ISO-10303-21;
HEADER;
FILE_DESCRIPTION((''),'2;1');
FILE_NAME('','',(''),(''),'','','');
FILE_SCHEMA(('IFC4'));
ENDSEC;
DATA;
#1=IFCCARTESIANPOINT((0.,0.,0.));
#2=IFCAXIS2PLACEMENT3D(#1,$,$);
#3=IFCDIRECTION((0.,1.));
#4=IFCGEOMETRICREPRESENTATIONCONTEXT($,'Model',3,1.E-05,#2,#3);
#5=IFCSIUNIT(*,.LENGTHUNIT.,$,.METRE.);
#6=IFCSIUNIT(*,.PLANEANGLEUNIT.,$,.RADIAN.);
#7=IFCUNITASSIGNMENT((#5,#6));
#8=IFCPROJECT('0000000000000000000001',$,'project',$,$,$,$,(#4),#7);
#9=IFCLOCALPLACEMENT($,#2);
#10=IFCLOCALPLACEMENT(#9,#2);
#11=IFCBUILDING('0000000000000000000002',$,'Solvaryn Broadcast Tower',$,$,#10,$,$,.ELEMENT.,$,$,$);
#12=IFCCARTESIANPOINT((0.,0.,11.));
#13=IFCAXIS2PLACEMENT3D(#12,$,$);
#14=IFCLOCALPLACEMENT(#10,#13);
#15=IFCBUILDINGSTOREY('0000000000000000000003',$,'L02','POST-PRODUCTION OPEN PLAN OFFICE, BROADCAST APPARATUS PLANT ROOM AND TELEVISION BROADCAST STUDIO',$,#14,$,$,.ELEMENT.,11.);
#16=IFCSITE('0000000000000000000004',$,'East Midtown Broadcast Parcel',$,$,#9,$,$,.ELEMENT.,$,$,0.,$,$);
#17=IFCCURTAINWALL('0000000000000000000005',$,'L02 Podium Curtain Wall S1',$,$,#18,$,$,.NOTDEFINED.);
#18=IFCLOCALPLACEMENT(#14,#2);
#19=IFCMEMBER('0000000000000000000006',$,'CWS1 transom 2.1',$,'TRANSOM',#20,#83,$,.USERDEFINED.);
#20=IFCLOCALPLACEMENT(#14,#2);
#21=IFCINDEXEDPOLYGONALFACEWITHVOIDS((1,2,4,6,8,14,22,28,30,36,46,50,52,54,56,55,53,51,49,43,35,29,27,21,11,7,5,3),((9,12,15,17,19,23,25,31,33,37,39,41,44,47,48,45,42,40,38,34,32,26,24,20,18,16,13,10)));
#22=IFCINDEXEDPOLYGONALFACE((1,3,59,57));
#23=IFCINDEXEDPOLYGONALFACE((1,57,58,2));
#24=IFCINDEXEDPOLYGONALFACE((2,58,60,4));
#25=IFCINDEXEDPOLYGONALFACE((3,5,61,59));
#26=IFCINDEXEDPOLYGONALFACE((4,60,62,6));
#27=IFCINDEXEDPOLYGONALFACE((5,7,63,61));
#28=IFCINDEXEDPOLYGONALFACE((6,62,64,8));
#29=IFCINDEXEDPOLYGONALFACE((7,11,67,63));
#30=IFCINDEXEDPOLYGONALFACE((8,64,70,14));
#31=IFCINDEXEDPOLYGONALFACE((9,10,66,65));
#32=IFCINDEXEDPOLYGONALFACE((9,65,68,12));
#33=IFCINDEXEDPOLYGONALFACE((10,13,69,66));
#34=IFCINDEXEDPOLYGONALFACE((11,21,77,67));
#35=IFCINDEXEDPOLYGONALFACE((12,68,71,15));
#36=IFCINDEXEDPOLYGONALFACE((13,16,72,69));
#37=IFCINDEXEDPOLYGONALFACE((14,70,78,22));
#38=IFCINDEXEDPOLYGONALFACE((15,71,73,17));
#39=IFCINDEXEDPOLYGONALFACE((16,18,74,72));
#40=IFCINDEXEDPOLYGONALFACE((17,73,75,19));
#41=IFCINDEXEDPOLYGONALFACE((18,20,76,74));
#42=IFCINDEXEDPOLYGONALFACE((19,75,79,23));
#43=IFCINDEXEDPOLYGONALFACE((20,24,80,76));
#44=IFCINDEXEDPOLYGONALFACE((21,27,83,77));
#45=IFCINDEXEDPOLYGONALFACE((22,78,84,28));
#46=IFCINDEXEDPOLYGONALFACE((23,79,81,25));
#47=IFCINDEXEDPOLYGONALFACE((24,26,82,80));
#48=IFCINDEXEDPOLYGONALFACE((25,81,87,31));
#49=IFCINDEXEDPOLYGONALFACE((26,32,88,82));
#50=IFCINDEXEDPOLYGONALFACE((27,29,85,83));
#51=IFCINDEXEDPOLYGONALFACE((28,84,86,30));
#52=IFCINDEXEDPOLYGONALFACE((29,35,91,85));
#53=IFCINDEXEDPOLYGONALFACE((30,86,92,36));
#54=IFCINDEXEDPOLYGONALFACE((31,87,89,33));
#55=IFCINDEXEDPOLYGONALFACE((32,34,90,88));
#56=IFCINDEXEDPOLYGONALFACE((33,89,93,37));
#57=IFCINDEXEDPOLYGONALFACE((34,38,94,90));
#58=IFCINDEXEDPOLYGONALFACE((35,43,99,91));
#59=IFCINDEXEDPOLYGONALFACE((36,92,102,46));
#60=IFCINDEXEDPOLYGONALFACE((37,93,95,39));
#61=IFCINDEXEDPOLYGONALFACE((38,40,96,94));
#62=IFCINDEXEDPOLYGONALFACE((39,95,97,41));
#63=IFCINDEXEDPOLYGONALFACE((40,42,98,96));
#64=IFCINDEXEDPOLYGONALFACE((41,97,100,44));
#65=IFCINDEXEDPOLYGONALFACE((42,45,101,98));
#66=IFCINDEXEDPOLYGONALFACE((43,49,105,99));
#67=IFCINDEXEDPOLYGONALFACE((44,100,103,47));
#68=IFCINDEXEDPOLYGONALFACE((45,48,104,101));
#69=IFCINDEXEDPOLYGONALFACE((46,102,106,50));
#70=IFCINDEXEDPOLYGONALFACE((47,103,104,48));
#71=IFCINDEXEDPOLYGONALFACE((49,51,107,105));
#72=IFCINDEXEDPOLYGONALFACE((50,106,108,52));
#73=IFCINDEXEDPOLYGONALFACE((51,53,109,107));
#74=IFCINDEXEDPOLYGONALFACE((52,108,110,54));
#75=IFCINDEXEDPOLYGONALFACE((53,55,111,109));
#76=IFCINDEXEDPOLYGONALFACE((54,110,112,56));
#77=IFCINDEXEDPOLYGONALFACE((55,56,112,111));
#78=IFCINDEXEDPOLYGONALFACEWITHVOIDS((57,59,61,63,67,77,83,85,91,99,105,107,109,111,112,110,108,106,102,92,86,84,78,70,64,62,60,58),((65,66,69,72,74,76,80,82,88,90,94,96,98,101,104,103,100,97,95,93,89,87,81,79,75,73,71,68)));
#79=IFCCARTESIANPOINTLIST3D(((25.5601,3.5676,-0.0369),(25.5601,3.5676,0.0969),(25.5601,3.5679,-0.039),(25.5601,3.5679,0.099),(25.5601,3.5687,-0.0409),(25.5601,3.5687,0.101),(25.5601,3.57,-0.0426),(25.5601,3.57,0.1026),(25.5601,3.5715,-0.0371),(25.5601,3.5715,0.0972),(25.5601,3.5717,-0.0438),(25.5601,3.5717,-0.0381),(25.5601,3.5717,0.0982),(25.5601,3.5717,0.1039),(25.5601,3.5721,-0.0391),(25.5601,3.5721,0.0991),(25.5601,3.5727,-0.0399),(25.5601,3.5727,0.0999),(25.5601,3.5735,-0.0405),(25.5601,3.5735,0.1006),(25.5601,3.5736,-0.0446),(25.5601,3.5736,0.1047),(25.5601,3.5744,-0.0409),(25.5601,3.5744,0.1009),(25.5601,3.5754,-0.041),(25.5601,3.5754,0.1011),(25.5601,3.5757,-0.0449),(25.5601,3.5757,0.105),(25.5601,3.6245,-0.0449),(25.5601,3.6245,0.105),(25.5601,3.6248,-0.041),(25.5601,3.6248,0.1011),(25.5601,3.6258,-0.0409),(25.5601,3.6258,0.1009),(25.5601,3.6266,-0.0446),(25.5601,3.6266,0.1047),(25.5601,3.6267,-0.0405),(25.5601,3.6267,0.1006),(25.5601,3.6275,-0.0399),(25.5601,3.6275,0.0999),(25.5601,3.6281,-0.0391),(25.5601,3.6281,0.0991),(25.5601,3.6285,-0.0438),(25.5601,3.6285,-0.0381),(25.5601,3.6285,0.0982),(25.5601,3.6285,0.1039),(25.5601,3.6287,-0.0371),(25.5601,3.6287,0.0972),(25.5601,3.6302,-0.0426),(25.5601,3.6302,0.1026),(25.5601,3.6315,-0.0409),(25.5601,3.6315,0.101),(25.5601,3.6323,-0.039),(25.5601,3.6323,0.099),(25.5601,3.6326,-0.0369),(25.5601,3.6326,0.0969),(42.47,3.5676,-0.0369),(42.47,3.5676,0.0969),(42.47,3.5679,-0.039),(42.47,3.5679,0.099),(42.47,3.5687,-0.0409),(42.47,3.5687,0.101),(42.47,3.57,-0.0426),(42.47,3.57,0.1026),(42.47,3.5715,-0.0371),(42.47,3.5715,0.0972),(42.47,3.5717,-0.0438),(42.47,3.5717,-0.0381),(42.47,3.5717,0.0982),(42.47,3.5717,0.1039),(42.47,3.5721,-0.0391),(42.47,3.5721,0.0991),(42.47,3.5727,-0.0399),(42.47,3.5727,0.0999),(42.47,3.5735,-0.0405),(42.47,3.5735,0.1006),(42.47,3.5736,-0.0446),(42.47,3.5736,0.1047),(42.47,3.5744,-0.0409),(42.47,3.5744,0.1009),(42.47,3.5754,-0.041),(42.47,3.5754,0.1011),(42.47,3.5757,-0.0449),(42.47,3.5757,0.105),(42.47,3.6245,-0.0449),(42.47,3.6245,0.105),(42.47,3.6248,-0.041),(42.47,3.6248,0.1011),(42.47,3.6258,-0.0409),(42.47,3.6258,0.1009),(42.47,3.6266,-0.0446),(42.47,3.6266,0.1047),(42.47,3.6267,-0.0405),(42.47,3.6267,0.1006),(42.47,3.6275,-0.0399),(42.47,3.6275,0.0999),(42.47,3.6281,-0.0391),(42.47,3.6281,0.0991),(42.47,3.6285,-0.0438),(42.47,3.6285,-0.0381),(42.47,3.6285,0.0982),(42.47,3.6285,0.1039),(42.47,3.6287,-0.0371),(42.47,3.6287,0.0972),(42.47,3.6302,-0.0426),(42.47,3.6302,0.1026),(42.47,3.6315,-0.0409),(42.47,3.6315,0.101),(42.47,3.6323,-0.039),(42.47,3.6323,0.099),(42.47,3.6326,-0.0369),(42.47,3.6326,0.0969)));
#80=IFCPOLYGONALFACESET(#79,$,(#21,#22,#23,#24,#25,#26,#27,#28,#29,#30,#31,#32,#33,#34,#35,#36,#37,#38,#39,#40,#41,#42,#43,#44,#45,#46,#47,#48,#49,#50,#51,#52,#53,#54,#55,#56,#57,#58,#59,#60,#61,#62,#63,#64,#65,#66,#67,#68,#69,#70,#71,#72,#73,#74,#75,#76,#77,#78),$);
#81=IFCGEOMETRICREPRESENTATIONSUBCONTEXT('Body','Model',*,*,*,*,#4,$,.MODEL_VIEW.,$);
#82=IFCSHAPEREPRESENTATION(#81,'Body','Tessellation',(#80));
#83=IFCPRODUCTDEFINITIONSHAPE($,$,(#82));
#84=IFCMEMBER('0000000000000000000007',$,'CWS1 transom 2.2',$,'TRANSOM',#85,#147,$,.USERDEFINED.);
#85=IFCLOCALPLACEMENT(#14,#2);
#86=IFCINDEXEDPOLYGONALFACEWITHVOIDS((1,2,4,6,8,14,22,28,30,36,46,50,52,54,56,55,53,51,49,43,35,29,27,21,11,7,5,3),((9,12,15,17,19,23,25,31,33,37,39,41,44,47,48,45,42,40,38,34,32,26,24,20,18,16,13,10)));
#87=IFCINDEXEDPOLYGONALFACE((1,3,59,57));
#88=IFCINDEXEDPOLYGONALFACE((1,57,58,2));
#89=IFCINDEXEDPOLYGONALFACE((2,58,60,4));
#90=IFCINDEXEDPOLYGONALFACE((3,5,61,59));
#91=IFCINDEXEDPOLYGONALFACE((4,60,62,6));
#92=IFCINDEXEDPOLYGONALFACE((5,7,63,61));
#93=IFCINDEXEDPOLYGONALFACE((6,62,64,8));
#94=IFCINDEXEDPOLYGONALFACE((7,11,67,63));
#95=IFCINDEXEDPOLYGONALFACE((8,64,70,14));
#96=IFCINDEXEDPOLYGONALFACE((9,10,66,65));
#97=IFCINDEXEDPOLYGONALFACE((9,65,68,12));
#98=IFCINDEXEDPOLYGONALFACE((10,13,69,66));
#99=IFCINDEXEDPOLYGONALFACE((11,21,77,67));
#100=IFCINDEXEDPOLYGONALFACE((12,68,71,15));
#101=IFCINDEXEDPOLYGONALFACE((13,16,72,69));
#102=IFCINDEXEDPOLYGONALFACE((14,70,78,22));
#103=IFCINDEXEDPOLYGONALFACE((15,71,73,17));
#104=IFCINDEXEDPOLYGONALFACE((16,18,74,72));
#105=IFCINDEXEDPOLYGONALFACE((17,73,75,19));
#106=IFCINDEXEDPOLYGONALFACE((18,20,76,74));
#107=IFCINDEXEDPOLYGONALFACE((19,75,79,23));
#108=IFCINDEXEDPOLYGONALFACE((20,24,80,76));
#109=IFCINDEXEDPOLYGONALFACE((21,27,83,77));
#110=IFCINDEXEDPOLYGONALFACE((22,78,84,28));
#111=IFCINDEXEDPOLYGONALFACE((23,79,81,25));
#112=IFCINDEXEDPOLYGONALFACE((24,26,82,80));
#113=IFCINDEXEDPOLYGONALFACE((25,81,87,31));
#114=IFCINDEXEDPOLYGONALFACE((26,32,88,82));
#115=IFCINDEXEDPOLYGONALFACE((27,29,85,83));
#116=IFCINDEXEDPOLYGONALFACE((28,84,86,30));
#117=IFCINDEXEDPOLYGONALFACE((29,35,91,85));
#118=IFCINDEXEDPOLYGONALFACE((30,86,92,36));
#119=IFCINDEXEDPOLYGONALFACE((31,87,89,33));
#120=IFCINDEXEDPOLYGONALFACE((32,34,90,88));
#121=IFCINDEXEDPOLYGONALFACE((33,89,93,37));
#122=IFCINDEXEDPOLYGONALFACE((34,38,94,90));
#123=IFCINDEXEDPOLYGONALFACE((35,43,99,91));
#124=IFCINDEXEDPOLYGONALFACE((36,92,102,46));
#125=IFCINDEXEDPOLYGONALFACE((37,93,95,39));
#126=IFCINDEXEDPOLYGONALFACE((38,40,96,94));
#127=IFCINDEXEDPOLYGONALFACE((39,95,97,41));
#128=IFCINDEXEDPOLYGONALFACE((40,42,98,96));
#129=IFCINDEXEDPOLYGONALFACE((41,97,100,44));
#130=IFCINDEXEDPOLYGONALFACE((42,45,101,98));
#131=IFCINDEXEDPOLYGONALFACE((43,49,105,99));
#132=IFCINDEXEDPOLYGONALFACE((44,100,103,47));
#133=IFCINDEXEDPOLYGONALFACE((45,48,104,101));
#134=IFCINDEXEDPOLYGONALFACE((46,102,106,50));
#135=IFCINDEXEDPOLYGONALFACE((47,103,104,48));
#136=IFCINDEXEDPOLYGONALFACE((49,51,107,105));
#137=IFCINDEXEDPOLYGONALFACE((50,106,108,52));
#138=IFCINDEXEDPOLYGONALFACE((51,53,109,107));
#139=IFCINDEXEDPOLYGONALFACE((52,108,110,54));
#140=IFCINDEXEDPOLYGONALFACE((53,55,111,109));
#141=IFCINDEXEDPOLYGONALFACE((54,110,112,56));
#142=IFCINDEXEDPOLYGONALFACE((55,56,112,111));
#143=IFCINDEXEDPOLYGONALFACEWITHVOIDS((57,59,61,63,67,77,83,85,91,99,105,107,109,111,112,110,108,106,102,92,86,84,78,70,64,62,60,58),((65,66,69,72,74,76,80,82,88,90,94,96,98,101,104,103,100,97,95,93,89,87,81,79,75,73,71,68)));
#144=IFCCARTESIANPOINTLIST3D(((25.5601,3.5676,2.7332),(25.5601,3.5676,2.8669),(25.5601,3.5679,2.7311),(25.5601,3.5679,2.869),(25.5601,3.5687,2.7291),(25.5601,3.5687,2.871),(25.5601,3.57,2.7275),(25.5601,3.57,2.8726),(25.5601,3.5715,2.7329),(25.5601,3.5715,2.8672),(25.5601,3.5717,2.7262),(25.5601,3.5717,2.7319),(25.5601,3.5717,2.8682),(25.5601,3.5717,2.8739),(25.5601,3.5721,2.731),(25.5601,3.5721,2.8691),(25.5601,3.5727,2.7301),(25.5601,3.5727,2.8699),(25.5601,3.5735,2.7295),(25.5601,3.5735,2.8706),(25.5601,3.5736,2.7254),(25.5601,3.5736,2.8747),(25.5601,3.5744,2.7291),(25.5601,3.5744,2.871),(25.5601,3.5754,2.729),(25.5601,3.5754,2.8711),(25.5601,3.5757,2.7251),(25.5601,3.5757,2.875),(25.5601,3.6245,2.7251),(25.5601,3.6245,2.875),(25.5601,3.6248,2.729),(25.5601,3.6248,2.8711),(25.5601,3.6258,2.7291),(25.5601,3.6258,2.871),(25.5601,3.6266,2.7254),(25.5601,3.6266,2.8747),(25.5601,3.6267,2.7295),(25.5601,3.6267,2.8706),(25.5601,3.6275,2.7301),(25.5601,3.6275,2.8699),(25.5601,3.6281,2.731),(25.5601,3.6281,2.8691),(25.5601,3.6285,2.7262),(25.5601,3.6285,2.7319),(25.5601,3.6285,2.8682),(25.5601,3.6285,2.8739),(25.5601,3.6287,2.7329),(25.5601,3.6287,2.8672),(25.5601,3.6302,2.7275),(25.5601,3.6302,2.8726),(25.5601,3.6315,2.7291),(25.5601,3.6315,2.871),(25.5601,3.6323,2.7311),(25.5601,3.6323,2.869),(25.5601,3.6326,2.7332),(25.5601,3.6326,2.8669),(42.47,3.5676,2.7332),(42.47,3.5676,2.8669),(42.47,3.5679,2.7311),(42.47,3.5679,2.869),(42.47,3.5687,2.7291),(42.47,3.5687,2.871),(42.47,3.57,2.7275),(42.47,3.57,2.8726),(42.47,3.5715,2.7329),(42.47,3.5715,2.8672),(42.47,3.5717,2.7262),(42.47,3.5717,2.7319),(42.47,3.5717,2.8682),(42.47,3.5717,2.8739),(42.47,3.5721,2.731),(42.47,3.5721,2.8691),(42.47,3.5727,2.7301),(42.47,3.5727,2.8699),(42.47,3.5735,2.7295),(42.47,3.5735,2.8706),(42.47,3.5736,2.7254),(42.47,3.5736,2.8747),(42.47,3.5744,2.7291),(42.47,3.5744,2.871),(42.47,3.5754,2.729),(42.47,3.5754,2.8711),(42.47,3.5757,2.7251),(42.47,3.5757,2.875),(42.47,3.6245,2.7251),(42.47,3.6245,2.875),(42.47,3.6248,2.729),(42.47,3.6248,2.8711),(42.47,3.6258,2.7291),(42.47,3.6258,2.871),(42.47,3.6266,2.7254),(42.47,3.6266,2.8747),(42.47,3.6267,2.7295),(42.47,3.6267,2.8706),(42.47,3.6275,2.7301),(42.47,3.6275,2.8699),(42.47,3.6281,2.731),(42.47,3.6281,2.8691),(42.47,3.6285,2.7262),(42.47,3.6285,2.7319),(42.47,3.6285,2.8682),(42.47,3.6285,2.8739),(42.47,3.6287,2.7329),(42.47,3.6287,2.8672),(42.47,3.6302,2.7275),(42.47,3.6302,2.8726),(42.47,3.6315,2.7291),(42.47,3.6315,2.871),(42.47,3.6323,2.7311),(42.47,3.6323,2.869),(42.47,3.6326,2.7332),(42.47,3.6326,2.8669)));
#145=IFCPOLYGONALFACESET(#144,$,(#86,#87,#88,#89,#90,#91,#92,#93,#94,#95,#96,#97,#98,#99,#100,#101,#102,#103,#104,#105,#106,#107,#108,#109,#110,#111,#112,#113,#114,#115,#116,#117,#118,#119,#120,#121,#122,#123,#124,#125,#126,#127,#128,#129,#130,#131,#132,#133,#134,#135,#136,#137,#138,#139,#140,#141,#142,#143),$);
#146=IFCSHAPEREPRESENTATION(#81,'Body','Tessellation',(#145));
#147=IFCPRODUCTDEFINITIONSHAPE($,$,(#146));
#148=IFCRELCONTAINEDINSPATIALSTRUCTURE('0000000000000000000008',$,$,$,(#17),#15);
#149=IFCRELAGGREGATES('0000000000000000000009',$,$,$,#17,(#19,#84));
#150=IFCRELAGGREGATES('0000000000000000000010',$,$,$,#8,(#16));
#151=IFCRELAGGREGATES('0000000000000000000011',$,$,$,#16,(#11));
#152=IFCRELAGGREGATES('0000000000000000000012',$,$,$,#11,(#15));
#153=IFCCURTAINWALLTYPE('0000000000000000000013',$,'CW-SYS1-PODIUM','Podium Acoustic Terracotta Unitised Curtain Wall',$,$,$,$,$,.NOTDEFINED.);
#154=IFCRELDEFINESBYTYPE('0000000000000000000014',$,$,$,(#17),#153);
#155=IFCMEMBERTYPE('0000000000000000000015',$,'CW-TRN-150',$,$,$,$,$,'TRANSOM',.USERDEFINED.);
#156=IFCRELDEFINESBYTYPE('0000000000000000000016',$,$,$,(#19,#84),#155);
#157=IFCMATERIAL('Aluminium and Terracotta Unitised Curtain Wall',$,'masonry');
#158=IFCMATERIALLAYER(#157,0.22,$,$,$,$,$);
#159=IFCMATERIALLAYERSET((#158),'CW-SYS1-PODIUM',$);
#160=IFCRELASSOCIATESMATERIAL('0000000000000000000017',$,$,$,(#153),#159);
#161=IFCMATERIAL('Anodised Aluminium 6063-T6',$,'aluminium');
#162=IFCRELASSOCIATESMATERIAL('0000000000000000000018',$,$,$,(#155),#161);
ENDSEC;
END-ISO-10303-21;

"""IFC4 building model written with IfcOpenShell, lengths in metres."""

from ifc_helpers import new_model, si_unit, direction, frame, origin, origin_2d, place, context, subcontext, project, spatial, hollow_rectangle, extrude, material, layer, layer_set, material_profile, profile_set, type_object, element, aggregate, save


model = new_model("IFC4")

# Units and contexts
model_context = context("Model", 3, precision=1e-05, world=origin(), true_north=direction((0.0, 1.0)))
body_context = subcontext(model_context, "Body", "Model", "MODEL_VIEW")
ifc_project = project(units=[si_unit("LENGTHUNIT", "METRE"), si_unit("PLANEANGLEUNIT", "RADIAN")], contexts=[model_context])

# Site, building, storey
site_placement = place(None, origin())
site = spatial("IfcSite", under=ifc_project, at=site_placement, Name="East Midtown Broadcast Parcel", CompositionType="ELEMENT", RefElevation=0.0)
building_placement = place(site_placement, origin())
building = spatial("IfcBuilding", under=site, at=building_placement, Name="Solvaryn Broadcast Tower", CompositionType="ELEMENT")
storey_placement = place(building_placement, frame((0.0, 0.0, 11.0)))
storey = spatial("IfcBuildingStorey", under=building, at=storey_placement, Name="L02", Description="POST-PRODUCTION OPEN PLAN OFFICE, BROADCAST APPARATUS PLANT ROOM AND TELEVISION BROADCAST STUDIO", CompositionType="ELEMENT", Elevation=11.0)

# Curtain wall, members
ifc_material_1 = material(Name="Aluminium and Terracotta Unitised Curtain Wall", Category="masonry")
ifc_layer_1 = layer(ifc_material_1, 0.22)
ifc_layer_set_1 = layer_set([ifc_layer_1], Name="CW-SYS1-PODIUM")
curtain_wall_type = type_object("IfcCurtainWallType", Name="CW-SYS1-PODIUM", Description="Podium Acoustic Terracotta Unitised Curtain Wall", PredefinedType="NOTDEFINED", material=ifc_layer_set_1)
curtain_wall_placement = place(storey_placement, origin())
curtain_wall = element("IfcCurtainWall", 1, at=curtain_wall_placement, inside=storey, type_object=curtain_wall_type, Name="L02 Podium Curtain Wall S1", PredefinedType="NOTDEFINED")
ifc_material_2 = material(Name="Anodised Aluminium 6063-T6", Category="aluminium")
ifc_material_profile_1 = material_profile(ifc_material_2, hollow_rectangle(XDim=0.0649, YDim=0.1499, WallThickness=0.0039, InnerFilletRadius=0.0039, OuterFilletRadius=0.0081, at=origin_2d()))
ifc_profile_set_1 = profile_set([ifc_material_profile_1], Name="Anodised Aluminium 6063-T6")
member_type_1 = type_object("IfcMemberType", Name="CW-TRN-150", ElementType="TRANSOM", PredefinedType="USERDEFINED", material=ifc_profile_set_1)
member_1_placement = place(storey_placement, frame((42.47, 3.6001, 0.03), z_axis=(-1.0, 0.0, 0.0), x_axis=(0.0, -1.0, 0.0)))
member_1 = element("IfcMember", 2, at=member_1_placement, type_object=member_type_1, Name="CWS1 transom 2.1", ObjectType="TRANSOM", PredefinedType="USERDEFINED", context=body_context, shape_type="SweptSolid", body=[
    extrude(hollow_rectangle(XDim=0.0649, YDim=0.1499, WallThickness=0.0039, InnerFilletRadius=0.0039, OuterFilletRadius=0.0081, at=origin_2d()), origin(), (0.0, 0.0, 1.0), 16.9099),
])
member_2_placement = place(storey_placement, frame((42.47, 3.6001, 2.8), z_axis=(-1.0, 0.0, 0.0), x_axis=(0.0, -1.0, 0.0)))
member_2 = element("IfcMember", 3, at=member_2_placement, type_object=member_type_1, Name="CWS1 transom 2.2", ObjectType="TRANSOM", PredefinedType="USERDEFINED", context=body_context, shape_type="SweptSolid", body=[
    extrude(hollow_rectangle(XDim=0.0649, YDim=0.1499, WallThickness=0.0039, InnerFilletRadius=0.0039, OuterFilletRadius=0.0081, at=origin_2d()), origin(), (0.0, 0.0, 1.0), 16.9099),
])
aggregate(curtain_wall, [member_1, member_2])

save(model, "model.ifc")
